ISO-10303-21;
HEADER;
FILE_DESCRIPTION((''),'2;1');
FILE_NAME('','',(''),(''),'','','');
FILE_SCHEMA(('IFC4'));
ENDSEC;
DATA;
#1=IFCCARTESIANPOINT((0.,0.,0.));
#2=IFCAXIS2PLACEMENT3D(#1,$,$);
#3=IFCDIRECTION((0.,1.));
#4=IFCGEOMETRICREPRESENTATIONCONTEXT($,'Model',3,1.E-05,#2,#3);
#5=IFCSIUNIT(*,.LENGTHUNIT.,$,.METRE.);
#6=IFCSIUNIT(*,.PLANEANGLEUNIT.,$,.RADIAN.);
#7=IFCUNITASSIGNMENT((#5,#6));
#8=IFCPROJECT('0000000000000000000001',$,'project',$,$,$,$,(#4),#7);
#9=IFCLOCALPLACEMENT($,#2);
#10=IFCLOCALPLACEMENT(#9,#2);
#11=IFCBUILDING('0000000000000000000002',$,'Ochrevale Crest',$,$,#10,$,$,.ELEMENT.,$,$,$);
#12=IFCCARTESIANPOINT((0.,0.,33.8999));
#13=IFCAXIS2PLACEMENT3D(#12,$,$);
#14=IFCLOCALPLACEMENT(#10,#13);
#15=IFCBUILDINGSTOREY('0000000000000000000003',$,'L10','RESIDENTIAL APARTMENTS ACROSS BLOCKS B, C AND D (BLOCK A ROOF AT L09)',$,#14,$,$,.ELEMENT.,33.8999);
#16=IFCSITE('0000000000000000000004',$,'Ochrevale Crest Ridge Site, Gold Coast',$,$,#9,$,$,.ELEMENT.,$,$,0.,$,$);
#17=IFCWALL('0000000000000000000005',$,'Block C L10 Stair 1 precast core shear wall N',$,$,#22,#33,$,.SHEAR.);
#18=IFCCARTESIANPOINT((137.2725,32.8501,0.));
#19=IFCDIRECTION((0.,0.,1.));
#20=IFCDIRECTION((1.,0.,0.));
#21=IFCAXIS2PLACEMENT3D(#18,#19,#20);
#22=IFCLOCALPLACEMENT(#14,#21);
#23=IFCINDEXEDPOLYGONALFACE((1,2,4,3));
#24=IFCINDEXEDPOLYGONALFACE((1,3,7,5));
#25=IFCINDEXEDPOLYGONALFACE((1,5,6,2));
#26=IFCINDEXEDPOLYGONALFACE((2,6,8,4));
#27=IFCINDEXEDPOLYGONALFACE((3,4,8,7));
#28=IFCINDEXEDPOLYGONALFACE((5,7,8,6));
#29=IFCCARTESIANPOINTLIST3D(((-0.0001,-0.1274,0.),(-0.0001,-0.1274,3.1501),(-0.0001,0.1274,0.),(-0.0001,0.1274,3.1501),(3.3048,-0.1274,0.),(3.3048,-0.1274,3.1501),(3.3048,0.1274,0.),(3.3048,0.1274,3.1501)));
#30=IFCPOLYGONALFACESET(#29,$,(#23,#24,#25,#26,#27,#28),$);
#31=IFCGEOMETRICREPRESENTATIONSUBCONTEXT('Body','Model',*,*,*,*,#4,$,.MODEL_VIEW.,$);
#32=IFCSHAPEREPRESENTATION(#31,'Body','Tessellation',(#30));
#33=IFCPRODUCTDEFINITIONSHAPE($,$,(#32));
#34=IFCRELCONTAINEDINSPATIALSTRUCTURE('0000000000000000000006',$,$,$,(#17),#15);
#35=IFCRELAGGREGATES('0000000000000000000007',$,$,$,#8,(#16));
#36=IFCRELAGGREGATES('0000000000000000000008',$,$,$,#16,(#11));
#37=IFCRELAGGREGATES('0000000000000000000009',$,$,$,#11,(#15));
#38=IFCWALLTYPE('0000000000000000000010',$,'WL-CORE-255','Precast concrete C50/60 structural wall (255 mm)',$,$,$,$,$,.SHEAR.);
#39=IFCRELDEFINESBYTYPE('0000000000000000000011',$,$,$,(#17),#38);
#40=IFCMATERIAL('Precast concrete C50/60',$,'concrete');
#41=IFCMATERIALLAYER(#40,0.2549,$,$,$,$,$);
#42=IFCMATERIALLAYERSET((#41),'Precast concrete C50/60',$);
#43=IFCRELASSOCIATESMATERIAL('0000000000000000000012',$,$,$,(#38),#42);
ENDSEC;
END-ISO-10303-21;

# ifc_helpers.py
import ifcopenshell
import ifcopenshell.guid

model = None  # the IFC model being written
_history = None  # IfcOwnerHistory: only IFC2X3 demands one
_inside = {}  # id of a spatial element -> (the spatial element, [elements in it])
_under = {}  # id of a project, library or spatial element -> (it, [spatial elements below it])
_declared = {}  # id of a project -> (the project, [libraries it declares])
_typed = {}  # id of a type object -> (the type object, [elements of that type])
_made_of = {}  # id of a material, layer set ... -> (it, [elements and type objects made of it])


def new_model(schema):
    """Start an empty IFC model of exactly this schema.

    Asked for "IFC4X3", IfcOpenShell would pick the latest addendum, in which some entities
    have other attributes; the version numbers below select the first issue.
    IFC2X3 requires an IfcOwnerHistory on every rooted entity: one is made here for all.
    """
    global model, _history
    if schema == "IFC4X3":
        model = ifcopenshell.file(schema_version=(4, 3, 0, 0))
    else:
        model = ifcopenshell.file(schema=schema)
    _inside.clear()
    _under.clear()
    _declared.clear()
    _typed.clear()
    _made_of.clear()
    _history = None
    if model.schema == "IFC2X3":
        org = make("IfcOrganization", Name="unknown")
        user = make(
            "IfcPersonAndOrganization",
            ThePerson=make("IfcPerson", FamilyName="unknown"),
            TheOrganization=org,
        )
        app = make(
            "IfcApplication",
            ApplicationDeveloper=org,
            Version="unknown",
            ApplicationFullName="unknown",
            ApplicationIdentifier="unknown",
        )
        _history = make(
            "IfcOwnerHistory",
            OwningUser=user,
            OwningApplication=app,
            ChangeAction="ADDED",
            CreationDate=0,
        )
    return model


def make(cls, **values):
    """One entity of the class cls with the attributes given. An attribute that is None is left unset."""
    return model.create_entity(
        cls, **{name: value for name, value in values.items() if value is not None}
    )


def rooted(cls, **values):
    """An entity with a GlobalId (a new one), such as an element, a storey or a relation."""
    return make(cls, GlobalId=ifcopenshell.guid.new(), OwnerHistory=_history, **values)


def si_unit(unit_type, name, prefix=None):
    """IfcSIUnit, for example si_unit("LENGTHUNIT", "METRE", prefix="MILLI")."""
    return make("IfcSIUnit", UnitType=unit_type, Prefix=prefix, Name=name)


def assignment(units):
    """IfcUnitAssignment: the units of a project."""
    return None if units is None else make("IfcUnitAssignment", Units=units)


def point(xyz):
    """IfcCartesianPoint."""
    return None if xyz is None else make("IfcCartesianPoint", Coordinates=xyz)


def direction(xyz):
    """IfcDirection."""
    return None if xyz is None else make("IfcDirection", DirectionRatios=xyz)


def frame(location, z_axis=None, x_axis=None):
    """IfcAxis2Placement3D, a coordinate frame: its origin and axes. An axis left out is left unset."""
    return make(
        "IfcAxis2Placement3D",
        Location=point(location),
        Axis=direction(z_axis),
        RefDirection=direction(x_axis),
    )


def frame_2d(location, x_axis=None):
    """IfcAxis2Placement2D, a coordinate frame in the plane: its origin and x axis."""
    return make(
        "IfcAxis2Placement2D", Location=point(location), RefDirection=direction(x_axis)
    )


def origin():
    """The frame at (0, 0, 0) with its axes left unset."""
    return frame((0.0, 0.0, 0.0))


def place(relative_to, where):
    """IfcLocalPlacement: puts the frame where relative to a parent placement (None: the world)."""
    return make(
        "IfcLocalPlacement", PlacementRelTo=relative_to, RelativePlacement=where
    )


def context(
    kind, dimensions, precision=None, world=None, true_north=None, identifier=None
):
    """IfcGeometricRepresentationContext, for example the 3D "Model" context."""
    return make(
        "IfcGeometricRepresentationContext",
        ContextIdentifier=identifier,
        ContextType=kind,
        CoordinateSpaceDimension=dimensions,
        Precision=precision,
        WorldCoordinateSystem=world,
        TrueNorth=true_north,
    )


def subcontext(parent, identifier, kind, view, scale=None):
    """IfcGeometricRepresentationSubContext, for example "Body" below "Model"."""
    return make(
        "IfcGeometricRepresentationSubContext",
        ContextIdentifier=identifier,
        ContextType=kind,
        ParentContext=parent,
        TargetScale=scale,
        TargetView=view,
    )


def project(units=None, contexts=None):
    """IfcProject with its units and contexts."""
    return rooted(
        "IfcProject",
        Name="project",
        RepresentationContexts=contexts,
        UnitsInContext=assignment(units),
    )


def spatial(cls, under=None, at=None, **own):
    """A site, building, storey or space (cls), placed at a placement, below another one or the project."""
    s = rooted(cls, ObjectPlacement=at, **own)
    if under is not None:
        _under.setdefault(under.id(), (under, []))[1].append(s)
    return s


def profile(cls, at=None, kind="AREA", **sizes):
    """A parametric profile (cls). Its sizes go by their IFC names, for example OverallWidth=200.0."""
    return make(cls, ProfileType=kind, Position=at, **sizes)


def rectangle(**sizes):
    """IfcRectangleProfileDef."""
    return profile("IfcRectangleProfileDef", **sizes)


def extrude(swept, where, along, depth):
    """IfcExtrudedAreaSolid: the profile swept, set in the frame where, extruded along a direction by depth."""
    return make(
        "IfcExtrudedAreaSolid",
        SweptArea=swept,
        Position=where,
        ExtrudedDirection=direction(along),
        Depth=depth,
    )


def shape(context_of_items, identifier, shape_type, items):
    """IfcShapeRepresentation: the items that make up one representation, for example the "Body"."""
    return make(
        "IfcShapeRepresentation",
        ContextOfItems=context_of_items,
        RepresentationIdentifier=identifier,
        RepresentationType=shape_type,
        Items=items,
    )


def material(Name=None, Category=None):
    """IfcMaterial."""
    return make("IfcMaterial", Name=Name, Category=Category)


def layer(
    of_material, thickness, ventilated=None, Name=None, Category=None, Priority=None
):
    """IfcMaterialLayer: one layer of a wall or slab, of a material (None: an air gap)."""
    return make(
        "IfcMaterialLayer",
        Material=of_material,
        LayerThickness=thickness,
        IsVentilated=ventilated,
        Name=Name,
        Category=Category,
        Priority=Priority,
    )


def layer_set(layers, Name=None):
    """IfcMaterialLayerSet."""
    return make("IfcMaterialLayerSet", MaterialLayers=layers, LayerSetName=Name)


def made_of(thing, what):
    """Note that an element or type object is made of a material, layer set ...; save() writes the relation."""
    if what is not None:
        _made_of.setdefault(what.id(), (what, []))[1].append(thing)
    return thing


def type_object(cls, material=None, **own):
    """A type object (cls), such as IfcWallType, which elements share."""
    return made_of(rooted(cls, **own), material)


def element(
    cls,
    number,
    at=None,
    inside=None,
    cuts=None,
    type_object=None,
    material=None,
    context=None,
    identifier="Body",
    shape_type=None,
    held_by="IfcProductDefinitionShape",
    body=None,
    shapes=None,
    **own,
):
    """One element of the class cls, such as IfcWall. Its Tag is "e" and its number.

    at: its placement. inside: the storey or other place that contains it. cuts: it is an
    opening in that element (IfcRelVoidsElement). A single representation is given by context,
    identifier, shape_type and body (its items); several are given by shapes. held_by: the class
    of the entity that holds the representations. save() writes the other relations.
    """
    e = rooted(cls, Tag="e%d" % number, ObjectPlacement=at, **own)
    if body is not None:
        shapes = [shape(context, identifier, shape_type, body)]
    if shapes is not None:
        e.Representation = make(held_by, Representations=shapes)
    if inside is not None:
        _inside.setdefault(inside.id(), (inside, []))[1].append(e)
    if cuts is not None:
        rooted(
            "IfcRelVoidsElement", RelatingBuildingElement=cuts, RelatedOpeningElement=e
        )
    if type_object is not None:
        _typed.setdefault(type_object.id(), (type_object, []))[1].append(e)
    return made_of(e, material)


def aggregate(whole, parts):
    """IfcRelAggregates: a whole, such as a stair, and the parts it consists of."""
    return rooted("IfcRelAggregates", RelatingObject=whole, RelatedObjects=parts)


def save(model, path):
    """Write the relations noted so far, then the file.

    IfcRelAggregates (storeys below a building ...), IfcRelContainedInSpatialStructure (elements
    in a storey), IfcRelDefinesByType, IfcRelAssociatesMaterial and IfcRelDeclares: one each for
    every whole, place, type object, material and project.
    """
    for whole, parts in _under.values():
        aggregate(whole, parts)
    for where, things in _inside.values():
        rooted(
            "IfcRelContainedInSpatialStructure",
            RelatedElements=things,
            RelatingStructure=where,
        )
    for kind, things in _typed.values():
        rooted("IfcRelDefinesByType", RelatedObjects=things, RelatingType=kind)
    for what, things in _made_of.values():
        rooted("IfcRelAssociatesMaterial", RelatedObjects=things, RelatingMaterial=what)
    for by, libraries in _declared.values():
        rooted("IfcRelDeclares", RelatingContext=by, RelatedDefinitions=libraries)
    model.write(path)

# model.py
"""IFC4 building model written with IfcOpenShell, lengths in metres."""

from ifc_helpers import new_model, si_unit, direction, frame, frame_2d, origin, place, context, subcontext, project, spatial, rectangle, extrude, material, layer, layer_set, type_object, element, save


model = new_model("IFC4")

# Units and contexts
model_context = context("Model", 3, precision=1e-05, world=origin(), true_north=direction((0.0, 1.0)))
body_context = subcontext(model_context, "Body", "Model", "MODEL_VIEW")
ifc_project = project(units=[si_unit("LENGTHUNIT", "METRE"), si_unit("PLANEANGLEUNIT", "RADIAN")], contexts=[model_context])

# Site, building, storey
site_placement = place(None, origin())
site = spatial("IfcSite", under=ifc_project, at=site_placement, Name="Ochrevale Crest Ridge Site, Gold Coast", CompositionType="ELEMENT", RefElevation=0.0)
building_placement = place(site_placement, origin())
building = spatial("IfcBuilding", under=site, at=building_placement, Name="Ochrevale Crest", CompositionType="ELEMENT")
storey_placement = place(building_placement, frame((0.0, 0.0, 33.8999)))
storey = spatial("IfcBuildingStorey", under=building, at=storey_placement, Name="L10", Description="RESIDENTIAL APARTMENTS ACROSS BLOCKS B, C AND D (BLOCK A ROOF AT L09)", CompositionType="ELEMENT", Elevation=33.8999)

# Shared definitions
ifc_material_1 = material(Name="Precast concrete C50/60", Category="concrete")

# Shared definitions
ifc_layer_1 = layer(ifc_material_1, 0.2549)
ifc_layer_set_1 = layer_set([ifc_layer_1], Name="Precast concrete C50/60")
wall_type_1 = type_object("IfcWallType", Name="WL-CORE-255", Description="Precast concrete C50/60 structural wall (255 mm)", PredefinedType="SHEAR", material=ifc_layer_set_1)

# Wall
wall_1_placement = place(storey_placement, frame((137.2725, 32.8501, 0.0), z_axis=(0.0, 0.0, 1.0), x_axis=(1.0, 0.0, 0.0)))
element("IfcWall", 1, at=wall_1_placement, inside=storey, type_object=wall_type_1, Name="Block C L10 Stair 1 precast core shear wall N", PredefinedType="SHEAR", context=body_context, shape_type="SweptSolid", body=[
    extrude(rectangle(XDim=3.3049, YDim=0.2549, at=frame_2d((1.6523, 0.0))), origin(), (0.0, 0.0, 1.0), 3.1501),
])

save(model, "model.ifc")
